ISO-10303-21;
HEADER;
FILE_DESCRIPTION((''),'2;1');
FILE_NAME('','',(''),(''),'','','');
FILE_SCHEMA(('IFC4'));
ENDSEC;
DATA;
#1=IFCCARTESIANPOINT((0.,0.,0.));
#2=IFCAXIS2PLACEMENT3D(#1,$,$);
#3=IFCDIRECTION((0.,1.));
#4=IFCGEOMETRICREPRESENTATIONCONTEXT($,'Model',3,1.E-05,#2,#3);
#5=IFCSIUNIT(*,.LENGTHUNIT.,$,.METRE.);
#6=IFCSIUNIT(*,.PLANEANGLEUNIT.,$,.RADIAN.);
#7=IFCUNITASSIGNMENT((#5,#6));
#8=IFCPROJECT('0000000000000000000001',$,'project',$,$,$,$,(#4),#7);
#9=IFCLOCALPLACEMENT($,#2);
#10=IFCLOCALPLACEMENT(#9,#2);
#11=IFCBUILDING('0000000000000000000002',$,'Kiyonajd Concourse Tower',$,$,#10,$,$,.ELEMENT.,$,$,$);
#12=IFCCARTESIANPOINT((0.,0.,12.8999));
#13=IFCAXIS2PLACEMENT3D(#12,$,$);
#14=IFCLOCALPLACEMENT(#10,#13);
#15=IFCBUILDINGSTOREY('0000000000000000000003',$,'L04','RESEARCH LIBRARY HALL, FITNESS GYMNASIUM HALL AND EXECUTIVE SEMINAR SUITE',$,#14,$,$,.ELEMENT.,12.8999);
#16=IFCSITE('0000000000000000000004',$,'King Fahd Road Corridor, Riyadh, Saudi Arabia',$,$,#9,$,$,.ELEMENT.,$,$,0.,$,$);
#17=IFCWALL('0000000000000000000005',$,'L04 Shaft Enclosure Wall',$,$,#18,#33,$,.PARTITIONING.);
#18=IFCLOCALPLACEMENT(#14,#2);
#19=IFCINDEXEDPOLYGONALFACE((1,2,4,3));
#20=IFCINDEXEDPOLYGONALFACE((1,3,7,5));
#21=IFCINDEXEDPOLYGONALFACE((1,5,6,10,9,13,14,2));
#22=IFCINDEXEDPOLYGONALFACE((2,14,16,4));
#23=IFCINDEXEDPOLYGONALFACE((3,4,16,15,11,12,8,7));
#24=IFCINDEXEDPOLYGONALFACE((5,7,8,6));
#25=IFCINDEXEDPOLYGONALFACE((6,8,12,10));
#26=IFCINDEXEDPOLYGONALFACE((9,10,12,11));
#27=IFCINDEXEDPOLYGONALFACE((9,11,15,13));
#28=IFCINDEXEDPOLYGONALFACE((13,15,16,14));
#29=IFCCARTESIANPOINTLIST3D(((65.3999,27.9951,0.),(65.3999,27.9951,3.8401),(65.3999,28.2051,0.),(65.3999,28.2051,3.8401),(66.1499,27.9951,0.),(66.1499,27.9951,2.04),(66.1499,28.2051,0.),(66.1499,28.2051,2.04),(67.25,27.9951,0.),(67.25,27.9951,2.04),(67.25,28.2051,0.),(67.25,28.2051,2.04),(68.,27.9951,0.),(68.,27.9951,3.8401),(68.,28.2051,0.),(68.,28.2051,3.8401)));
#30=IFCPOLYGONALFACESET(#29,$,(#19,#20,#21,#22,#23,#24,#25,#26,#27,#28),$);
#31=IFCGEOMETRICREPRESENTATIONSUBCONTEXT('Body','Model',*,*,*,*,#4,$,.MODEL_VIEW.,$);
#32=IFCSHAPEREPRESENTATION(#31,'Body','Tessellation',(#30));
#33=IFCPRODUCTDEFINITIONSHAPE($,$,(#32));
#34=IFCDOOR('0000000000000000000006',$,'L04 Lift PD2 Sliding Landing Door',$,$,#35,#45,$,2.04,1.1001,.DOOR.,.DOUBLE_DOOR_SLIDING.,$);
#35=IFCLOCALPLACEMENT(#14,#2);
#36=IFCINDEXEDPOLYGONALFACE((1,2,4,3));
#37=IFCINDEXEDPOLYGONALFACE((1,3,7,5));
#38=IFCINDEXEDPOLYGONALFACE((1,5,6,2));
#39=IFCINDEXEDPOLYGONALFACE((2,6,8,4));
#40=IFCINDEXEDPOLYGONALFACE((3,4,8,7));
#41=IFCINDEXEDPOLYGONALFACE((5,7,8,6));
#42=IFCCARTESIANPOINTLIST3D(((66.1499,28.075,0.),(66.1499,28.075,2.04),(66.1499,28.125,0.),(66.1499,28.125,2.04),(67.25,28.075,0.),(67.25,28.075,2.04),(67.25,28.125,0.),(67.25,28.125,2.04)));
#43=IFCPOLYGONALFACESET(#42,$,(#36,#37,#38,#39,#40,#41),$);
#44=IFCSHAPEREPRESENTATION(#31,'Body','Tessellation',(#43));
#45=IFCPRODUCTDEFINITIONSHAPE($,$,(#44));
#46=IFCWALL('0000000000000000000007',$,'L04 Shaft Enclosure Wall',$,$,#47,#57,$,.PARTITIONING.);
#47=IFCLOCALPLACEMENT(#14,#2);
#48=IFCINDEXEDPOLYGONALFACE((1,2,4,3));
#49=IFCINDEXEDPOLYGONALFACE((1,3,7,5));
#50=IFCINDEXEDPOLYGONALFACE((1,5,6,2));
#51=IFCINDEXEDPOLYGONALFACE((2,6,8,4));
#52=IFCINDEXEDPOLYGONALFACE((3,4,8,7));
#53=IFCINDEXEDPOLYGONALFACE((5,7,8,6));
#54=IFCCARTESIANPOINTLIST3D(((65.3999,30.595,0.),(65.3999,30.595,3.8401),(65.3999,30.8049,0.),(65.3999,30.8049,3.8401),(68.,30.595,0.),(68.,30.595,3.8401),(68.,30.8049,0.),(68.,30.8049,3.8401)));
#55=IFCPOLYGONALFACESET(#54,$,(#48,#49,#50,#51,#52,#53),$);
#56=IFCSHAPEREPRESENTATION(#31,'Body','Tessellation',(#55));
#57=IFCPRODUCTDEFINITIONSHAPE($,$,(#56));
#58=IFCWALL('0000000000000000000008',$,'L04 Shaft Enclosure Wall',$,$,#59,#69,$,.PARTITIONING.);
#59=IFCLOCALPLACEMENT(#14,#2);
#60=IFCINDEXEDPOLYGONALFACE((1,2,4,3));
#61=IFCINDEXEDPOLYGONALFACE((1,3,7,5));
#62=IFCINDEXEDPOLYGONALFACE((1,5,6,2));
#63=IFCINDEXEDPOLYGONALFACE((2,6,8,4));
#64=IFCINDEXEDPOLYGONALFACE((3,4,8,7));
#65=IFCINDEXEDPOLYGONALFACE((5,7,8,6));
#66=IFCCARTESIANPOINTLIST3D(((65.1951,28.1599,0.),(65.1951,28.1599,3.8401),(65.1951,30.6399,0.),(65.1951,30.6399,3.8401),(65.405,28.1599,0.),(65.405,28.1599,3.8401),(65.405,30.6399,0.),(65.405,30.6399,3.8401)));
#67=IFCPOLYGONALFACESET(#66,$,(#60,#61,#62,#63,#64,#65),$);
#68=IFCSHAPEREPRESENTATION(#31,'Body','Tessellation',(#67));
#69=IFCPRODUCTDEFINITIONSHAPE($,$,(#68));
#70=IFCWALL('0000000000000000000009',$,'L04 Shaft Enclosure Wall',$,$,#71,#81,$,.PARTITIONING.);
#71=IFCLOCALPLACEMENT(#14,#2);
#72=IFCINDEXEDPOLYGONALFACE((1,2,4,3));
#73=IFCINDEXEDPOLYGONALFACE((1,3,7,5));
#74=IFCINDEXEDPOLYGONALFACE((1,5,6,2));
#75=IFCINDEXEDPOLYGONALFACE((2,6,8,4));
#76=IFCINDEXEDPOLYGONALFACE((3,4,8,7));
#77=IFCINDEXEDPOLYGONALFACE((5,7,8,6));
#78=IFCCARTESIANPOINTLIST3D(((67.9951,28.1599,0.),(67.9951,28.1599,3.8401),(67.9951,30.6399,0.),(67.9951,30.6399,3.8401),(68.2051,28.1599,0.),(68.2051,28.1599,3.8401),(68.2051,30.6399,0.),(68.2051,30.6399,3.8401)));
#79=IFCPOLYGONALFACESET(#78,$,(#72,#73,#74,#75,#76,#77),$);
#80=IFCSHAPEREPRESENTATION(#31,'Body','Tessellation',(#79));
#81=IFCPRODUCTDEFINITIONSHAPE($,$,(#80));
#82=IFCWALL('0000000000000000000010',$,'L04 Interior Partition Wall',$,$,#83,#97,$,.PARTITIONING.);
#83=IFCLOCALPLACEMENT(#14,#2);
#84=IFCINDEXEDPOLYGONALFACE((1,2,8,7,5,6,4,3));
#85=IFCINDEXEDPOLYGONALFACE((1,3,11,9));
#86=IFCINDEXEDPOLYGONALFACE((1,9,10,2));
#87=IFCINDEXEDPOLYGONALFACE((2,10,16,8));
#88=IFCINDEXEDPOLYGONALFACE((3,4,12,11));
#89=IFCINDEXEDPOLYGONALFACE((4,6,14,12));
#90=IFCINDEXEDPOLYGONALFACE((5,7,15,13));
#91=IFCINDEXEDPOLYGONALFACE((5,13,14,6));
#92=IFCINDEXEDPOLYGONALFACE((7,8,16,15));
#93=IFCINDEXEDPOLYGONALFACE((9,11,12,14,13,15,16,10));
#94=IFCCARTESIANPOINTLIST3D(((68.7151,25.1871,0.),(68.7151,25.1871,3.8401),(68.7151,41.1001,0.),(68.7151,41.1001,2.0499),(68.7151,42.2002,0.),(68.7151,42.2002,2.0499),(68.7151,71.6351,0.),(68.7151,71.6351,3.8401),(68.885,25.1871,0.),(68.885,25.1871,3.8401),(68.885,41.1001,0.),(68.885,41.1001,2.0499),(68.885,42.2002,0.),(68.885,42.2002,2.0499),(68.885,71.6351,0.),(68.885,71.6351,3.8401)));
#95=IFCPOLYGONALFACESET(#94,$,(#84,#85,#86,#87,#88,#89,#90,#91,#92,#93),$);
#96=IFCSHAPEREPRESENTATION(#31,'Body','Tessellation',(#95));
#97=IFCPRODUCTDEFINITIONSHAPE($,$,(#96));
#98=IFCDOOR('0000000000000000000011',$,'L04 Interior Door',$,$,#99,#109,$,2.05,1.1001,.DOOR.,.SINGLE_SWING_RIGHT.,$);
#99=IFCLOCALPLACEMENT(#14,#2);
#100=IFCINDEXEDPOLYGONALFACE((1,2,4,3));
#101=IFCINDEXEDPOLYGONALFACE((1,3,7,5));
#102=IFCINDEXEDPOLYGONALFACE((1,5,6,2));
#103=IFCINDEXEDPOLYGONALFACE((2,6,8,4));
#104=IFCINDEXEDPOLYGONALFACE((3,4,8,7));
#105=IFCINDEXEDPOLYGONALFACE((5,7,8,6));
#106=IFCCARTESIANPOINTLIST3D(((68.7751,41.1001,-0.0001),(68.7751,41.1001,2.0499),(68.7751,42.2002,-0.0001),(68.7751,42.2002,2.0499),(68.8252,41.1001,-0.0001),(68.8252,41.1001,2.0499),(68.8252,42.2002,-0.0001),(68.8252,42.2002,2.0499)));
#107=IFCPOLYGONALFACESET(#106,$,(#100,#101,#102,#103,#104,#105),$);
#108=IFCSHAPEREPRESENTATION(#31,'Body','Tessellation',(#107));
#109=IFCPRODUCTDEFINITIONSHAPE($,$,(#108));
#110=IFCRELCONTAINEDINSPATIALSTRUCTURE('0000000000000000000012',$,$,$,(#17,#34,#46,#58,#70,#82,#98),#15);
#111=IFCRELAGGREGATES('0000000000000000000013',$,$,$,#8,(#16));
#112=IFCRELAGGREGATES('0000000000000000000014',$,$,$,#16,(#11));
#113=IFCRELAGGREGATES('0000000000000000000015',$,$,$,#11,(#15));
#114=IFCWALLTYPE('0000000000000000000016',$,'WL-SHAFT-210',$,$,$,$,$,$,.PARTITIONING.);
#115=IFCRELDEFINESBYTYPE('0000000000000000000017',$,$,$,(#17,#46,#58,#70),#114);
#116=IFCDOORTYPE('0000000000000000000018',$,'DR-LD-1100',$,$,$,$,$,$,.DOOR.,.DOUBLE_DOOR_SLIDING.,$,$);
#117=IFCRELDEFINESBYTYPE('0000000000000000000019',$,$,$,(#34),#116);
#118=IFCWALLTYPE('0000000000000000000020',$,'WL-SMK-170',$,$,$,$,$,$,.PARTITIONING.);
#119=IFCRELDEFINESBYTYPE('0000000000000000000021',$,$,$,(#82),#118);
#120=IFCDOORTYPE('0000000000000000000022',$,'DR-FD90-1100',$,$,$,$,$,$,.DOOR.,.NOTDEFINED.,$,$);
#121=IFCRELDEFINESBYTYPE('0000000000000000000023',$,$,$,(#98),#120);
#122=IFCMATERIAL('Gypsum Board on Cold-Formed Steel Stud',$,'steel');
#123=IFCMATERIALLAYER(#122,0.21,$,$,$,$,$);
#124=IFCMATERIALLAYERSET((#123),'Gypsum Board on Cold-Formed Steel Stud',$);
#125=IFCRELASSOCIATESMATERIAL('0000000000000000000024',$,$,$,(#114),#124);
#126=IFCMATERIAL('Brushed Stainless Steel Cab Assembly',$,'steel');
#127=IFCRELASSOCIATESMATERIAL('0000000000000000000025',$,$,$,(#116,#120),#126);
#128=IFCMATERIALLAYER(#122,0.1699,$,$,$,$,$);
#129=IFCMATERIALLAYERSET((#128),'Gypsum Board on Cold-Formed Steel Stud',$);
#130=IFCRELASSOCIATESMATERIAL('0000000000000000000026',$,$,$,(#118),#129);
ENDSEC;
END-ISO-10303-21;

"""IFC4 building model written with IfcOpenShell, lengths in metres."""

from ifc_helpers import new_model, si_unit, direction, frame, frame_2d, origin, place, context, subcontext, project, spatial, rectangle, extrude, material, layer, layer_set, type_object, element, fill, save


model = new_model("IFC4")

# Units and contexts
model_context = context("Model", 3, precision=1e-05, world=origin(), true_north=direction((0.0, 1.0)))
body_context = subcontext(model_context, "Body", "Model", "MODEL_VIEW")
ifc_project = project(units=[si_unit("LENGTHUNIT", "METRE"), si_unit("PLANEANGLEUNIT", "RADIAN")], contexts=[model_context])

# Site, building, storey
site_placement = place(None, origin())
site = spatial("IfcSite", under=ifc_project, at=site_placement, Name="King Fahd Road Corridor, Riyadh, Saudi Arabia", CompositionType="ELEMENT", RefElevation=0.0)
building_placement = place(site_placement, origin())
building = spatial("IfcBuilding", under=site, at=building_placement, Name="Kiyonajd Concourse Tower", CompositionType="ELEMENT")
storey_placement = place(building_placement, frame((0.0, 0.0, 12.8999)))
storey = spatial("IfcBuildingStorey", under=building, at=storey_placement, Name="L04", Description="RESEARCH LIBRARY HALL, FITNESS GYMNASIUM HALL AND EXECUTIVE SEMINAR SUITE", CompositionType="ELEMENT", Elevation=12.8999)

# Wall, opening, door
ifc_material_1 = material(Name="Gypsum Board on Cold-Formed Steel Stud", Category="steel")
ifc_layer_1 = layer(ifc_material_1, 0.21)
ifc_layer_set_1 = layer_set([ifc_layer_1], Name="Gypsum Board on Cold-Formed Steel Stud")
wall_type_1 = type_object("IfcWallType", Name="WL-SHAFT-210", PredefinedType="PARTITIONING", material=ifc_layer_set_1)
wall_1_placement = place(storey_placement, frame((65.3999, 28.1001, 0.0), z_axis=(0.0, 0.0, 1.0), x_axis=(1.0, 0.0, 0.0)))
wall_1 = element("IfcWall", 1, at=wall_1_placement, inside=storey, type_object=wall_type_1, Name="L04 Shaft Enclosure Wall", PredefinedType="PARTITIONING", context=body_context, shape_type="SweptSolid", body=[
    extrude(rectangle(XDim=2.6001, YDim=0.21, at=frame_2d((1.3, 0.0))), origin(), (0.0, 0.0, 1.0), 3.8401),
])
opening_1_placement = place(wall_1_placement, frame((0.75, 0.0, 0.0)))
opening_1 = element("IfcOpeningElement", 2, at=opening_1_placement, cuts=wall_1, PredefinedType="OPENING", context=body_context, shape_type="SweptSolid", body=[
    extrude(rectangle(XDim=1.1001, YDim=2.04, at=frame_2d((0.55, 1.02))), frame((0.0, 0.115, 0.0), z_axis=(0.0, -1.0, 0.0), x_axis=(1.0, 0.0, 0.0)), (0.0, 0.0, 1.0), 0.23),
])
ifc_material_2 = material(Name="Brushed Stainless Steel Cab Assembly", Category="steel")
door_type_1 = type_object("IfcDoorType", Name="DR-LD-1100", OperationType="DOUBLE_DOOR_SLIDING", PredefinedType="DOOR", material=ifc_material_2)
door_1_placement = place(opening_1_placement, origin())
door_1 = element("IfcDoor", 3, at=door_1_placement, inside=storey, type_object=door_type_1, Name="L04 Lift PD2 Sliding Landing Door", OperationType="DOUBLE_DOOR_SLIDING", OverallHeight=2.04, OverallWidth=1.1001, PredefinedType="DOOR", context=body_context, shape_type="SweptSolid", body=[
    extrude(rectangle(XDim=1.1001, YDim=2.04, at=frame_2d((0.55, 1.02))), frame((0.0, 0.0249, 0.0), z_axis=(0.0, -1.0, 0.0), x_axis=(1.0, 0.0, 0.0)), (0.0, 0.0, 1.0), 0.05),
])
fill(opening_1, door_1)

# Walls
wall_2_placement = place(storey_placement, frame((65.3999, 30.7, 0.0), z_axis=(0.0, 0.0, 1.0), x_axis=(1.0, 0.0, 0.0)))
element("IfcWall", 4, at=wall_2_placement, inside=storey, type_object=wall_type_1, Name="L04 Shaft Enclosure Wall", PredefinedType="PARTITIONING", context=body_context, shape_type="SweptSolid", body=[
    extrude(rectangle(XDim=2.6001, YDim=0.21, at=frame_2d((1.3, 0.0))), origin(), (0.0, 0.0, 1.0), 3.8401),
])
for number, where, z_axis, x_axis, name in (
    (5, (65.3, 28.1599, 0.0), (0.0, 0.0, 1.0), (0.0, 1.0, 0.0), "L04 Shaft Enclosure Wall"),
    (6, (68.1001, 28.1599, 0.0), (0.0, 0.0, 1.0), (0.0, 1.0, 0.0), "L04 Shaft Enclosure Wall"),
):
    element("IfcWall", number, at=place(storey_placement, frame(where, z_axis=z_axis, x_axis=x_axis)), inside=storey, type_object=wall_type_1, Name=name, PredefinedType="PARTITIONING", context=body_context, shape_type="SweptSolid", body=[
        extrude(rectangle(XDim=2.48, YDim=0.21, at=frame_2d((1.24, 0.0))), origin(), (0.0, 0.0, 1.0), 3.8401),
    ])

# Wall, opening, door
ifc_layer_2 = layer(ifc_material_1, 0.1699)
ifc_layer_set_2 = layer_set([ifc_layer_2], Name="Gypsum Board on Cold-Formed Steel Stud")
wall_type_2 = type_object("IfcWallType", Name="WL-SMK-170", PredefinedType="PARTITIONING", material=ifc_layer_set_2)
wall_3_placement = place(storey_placement, frame((68.8, 25.187, 0.0), z_axis=(0.0, 0.0, 1.0), x_axis=(0.0, 1.0, 0.0)))
wall_3 = element("IfcWall", 7, at=wall_3_placement, inside=storey, type_object=wall_type_2, Name="L04 Interior Partition Wall", PredefinedType="PARTITIONING", context=body_context, shape_type="SweptSolid", body=[
    extrude(rectangle(XDim=46.448, YDim=0.1699, at=frame_2d((23.2241, 0.0))), origin(), (0.0, 0.0, 1.0), 3.8401),
])
opening_2_placement = place(wall_3_placement, frame((15.9131, 0.0, 0.0)))
opening_2 = element("IfcOpeningElement", 8, at=opening_2_placement, cuts=wall_3, PredefinedType="OPENING", context=body_context, shape_type="SweptSolid", body=[
    extrude(rectangle(XDim=1.1001, YDim=2.05, at=frame_2d((0.55, 1.0249))), frame((0.0, 0.095, 0.0), z_axis=(0.0, -1.0, 0.0), x_axis=(1.0, 0.0, 0.0)), (0.0, 0.0, 1.0), 0.1899),
])
door_type_2 = type_object("IfcDoorType", Name="DR-FD90-1100", OperationType="NOTDEFINED", PredefinedType="DOOR", material=ifc_material_2)
door_2_placement = place(opening_2_placement, origin())
door_2 = element("IfcDoor", 9, at=door_2_placement, inside=storey, type_object=door_type_2, Name="L04 Interior Door", OperationType="SINGLE_SWING_RIGHT", OverallHeight=2.05, OverallWidth=1.1001, PredefinedType="DOOR", context=body_context, shape_type="SweptSolid", body=[
    extrude(rectangle(XDim=1.1001, YDim=2.05, at=frame_2d((0.55, 1.0249))), frame((0.0, 0.0249, 0.0), z_axis=(0.0, -1.0, 0.0), x_axis=(1.0, 0.0, 0.0)), (0.0, 0.0, 1.0), 0.05),
])
fill(opening_2, door_2)

save(model, "model.ifc")
